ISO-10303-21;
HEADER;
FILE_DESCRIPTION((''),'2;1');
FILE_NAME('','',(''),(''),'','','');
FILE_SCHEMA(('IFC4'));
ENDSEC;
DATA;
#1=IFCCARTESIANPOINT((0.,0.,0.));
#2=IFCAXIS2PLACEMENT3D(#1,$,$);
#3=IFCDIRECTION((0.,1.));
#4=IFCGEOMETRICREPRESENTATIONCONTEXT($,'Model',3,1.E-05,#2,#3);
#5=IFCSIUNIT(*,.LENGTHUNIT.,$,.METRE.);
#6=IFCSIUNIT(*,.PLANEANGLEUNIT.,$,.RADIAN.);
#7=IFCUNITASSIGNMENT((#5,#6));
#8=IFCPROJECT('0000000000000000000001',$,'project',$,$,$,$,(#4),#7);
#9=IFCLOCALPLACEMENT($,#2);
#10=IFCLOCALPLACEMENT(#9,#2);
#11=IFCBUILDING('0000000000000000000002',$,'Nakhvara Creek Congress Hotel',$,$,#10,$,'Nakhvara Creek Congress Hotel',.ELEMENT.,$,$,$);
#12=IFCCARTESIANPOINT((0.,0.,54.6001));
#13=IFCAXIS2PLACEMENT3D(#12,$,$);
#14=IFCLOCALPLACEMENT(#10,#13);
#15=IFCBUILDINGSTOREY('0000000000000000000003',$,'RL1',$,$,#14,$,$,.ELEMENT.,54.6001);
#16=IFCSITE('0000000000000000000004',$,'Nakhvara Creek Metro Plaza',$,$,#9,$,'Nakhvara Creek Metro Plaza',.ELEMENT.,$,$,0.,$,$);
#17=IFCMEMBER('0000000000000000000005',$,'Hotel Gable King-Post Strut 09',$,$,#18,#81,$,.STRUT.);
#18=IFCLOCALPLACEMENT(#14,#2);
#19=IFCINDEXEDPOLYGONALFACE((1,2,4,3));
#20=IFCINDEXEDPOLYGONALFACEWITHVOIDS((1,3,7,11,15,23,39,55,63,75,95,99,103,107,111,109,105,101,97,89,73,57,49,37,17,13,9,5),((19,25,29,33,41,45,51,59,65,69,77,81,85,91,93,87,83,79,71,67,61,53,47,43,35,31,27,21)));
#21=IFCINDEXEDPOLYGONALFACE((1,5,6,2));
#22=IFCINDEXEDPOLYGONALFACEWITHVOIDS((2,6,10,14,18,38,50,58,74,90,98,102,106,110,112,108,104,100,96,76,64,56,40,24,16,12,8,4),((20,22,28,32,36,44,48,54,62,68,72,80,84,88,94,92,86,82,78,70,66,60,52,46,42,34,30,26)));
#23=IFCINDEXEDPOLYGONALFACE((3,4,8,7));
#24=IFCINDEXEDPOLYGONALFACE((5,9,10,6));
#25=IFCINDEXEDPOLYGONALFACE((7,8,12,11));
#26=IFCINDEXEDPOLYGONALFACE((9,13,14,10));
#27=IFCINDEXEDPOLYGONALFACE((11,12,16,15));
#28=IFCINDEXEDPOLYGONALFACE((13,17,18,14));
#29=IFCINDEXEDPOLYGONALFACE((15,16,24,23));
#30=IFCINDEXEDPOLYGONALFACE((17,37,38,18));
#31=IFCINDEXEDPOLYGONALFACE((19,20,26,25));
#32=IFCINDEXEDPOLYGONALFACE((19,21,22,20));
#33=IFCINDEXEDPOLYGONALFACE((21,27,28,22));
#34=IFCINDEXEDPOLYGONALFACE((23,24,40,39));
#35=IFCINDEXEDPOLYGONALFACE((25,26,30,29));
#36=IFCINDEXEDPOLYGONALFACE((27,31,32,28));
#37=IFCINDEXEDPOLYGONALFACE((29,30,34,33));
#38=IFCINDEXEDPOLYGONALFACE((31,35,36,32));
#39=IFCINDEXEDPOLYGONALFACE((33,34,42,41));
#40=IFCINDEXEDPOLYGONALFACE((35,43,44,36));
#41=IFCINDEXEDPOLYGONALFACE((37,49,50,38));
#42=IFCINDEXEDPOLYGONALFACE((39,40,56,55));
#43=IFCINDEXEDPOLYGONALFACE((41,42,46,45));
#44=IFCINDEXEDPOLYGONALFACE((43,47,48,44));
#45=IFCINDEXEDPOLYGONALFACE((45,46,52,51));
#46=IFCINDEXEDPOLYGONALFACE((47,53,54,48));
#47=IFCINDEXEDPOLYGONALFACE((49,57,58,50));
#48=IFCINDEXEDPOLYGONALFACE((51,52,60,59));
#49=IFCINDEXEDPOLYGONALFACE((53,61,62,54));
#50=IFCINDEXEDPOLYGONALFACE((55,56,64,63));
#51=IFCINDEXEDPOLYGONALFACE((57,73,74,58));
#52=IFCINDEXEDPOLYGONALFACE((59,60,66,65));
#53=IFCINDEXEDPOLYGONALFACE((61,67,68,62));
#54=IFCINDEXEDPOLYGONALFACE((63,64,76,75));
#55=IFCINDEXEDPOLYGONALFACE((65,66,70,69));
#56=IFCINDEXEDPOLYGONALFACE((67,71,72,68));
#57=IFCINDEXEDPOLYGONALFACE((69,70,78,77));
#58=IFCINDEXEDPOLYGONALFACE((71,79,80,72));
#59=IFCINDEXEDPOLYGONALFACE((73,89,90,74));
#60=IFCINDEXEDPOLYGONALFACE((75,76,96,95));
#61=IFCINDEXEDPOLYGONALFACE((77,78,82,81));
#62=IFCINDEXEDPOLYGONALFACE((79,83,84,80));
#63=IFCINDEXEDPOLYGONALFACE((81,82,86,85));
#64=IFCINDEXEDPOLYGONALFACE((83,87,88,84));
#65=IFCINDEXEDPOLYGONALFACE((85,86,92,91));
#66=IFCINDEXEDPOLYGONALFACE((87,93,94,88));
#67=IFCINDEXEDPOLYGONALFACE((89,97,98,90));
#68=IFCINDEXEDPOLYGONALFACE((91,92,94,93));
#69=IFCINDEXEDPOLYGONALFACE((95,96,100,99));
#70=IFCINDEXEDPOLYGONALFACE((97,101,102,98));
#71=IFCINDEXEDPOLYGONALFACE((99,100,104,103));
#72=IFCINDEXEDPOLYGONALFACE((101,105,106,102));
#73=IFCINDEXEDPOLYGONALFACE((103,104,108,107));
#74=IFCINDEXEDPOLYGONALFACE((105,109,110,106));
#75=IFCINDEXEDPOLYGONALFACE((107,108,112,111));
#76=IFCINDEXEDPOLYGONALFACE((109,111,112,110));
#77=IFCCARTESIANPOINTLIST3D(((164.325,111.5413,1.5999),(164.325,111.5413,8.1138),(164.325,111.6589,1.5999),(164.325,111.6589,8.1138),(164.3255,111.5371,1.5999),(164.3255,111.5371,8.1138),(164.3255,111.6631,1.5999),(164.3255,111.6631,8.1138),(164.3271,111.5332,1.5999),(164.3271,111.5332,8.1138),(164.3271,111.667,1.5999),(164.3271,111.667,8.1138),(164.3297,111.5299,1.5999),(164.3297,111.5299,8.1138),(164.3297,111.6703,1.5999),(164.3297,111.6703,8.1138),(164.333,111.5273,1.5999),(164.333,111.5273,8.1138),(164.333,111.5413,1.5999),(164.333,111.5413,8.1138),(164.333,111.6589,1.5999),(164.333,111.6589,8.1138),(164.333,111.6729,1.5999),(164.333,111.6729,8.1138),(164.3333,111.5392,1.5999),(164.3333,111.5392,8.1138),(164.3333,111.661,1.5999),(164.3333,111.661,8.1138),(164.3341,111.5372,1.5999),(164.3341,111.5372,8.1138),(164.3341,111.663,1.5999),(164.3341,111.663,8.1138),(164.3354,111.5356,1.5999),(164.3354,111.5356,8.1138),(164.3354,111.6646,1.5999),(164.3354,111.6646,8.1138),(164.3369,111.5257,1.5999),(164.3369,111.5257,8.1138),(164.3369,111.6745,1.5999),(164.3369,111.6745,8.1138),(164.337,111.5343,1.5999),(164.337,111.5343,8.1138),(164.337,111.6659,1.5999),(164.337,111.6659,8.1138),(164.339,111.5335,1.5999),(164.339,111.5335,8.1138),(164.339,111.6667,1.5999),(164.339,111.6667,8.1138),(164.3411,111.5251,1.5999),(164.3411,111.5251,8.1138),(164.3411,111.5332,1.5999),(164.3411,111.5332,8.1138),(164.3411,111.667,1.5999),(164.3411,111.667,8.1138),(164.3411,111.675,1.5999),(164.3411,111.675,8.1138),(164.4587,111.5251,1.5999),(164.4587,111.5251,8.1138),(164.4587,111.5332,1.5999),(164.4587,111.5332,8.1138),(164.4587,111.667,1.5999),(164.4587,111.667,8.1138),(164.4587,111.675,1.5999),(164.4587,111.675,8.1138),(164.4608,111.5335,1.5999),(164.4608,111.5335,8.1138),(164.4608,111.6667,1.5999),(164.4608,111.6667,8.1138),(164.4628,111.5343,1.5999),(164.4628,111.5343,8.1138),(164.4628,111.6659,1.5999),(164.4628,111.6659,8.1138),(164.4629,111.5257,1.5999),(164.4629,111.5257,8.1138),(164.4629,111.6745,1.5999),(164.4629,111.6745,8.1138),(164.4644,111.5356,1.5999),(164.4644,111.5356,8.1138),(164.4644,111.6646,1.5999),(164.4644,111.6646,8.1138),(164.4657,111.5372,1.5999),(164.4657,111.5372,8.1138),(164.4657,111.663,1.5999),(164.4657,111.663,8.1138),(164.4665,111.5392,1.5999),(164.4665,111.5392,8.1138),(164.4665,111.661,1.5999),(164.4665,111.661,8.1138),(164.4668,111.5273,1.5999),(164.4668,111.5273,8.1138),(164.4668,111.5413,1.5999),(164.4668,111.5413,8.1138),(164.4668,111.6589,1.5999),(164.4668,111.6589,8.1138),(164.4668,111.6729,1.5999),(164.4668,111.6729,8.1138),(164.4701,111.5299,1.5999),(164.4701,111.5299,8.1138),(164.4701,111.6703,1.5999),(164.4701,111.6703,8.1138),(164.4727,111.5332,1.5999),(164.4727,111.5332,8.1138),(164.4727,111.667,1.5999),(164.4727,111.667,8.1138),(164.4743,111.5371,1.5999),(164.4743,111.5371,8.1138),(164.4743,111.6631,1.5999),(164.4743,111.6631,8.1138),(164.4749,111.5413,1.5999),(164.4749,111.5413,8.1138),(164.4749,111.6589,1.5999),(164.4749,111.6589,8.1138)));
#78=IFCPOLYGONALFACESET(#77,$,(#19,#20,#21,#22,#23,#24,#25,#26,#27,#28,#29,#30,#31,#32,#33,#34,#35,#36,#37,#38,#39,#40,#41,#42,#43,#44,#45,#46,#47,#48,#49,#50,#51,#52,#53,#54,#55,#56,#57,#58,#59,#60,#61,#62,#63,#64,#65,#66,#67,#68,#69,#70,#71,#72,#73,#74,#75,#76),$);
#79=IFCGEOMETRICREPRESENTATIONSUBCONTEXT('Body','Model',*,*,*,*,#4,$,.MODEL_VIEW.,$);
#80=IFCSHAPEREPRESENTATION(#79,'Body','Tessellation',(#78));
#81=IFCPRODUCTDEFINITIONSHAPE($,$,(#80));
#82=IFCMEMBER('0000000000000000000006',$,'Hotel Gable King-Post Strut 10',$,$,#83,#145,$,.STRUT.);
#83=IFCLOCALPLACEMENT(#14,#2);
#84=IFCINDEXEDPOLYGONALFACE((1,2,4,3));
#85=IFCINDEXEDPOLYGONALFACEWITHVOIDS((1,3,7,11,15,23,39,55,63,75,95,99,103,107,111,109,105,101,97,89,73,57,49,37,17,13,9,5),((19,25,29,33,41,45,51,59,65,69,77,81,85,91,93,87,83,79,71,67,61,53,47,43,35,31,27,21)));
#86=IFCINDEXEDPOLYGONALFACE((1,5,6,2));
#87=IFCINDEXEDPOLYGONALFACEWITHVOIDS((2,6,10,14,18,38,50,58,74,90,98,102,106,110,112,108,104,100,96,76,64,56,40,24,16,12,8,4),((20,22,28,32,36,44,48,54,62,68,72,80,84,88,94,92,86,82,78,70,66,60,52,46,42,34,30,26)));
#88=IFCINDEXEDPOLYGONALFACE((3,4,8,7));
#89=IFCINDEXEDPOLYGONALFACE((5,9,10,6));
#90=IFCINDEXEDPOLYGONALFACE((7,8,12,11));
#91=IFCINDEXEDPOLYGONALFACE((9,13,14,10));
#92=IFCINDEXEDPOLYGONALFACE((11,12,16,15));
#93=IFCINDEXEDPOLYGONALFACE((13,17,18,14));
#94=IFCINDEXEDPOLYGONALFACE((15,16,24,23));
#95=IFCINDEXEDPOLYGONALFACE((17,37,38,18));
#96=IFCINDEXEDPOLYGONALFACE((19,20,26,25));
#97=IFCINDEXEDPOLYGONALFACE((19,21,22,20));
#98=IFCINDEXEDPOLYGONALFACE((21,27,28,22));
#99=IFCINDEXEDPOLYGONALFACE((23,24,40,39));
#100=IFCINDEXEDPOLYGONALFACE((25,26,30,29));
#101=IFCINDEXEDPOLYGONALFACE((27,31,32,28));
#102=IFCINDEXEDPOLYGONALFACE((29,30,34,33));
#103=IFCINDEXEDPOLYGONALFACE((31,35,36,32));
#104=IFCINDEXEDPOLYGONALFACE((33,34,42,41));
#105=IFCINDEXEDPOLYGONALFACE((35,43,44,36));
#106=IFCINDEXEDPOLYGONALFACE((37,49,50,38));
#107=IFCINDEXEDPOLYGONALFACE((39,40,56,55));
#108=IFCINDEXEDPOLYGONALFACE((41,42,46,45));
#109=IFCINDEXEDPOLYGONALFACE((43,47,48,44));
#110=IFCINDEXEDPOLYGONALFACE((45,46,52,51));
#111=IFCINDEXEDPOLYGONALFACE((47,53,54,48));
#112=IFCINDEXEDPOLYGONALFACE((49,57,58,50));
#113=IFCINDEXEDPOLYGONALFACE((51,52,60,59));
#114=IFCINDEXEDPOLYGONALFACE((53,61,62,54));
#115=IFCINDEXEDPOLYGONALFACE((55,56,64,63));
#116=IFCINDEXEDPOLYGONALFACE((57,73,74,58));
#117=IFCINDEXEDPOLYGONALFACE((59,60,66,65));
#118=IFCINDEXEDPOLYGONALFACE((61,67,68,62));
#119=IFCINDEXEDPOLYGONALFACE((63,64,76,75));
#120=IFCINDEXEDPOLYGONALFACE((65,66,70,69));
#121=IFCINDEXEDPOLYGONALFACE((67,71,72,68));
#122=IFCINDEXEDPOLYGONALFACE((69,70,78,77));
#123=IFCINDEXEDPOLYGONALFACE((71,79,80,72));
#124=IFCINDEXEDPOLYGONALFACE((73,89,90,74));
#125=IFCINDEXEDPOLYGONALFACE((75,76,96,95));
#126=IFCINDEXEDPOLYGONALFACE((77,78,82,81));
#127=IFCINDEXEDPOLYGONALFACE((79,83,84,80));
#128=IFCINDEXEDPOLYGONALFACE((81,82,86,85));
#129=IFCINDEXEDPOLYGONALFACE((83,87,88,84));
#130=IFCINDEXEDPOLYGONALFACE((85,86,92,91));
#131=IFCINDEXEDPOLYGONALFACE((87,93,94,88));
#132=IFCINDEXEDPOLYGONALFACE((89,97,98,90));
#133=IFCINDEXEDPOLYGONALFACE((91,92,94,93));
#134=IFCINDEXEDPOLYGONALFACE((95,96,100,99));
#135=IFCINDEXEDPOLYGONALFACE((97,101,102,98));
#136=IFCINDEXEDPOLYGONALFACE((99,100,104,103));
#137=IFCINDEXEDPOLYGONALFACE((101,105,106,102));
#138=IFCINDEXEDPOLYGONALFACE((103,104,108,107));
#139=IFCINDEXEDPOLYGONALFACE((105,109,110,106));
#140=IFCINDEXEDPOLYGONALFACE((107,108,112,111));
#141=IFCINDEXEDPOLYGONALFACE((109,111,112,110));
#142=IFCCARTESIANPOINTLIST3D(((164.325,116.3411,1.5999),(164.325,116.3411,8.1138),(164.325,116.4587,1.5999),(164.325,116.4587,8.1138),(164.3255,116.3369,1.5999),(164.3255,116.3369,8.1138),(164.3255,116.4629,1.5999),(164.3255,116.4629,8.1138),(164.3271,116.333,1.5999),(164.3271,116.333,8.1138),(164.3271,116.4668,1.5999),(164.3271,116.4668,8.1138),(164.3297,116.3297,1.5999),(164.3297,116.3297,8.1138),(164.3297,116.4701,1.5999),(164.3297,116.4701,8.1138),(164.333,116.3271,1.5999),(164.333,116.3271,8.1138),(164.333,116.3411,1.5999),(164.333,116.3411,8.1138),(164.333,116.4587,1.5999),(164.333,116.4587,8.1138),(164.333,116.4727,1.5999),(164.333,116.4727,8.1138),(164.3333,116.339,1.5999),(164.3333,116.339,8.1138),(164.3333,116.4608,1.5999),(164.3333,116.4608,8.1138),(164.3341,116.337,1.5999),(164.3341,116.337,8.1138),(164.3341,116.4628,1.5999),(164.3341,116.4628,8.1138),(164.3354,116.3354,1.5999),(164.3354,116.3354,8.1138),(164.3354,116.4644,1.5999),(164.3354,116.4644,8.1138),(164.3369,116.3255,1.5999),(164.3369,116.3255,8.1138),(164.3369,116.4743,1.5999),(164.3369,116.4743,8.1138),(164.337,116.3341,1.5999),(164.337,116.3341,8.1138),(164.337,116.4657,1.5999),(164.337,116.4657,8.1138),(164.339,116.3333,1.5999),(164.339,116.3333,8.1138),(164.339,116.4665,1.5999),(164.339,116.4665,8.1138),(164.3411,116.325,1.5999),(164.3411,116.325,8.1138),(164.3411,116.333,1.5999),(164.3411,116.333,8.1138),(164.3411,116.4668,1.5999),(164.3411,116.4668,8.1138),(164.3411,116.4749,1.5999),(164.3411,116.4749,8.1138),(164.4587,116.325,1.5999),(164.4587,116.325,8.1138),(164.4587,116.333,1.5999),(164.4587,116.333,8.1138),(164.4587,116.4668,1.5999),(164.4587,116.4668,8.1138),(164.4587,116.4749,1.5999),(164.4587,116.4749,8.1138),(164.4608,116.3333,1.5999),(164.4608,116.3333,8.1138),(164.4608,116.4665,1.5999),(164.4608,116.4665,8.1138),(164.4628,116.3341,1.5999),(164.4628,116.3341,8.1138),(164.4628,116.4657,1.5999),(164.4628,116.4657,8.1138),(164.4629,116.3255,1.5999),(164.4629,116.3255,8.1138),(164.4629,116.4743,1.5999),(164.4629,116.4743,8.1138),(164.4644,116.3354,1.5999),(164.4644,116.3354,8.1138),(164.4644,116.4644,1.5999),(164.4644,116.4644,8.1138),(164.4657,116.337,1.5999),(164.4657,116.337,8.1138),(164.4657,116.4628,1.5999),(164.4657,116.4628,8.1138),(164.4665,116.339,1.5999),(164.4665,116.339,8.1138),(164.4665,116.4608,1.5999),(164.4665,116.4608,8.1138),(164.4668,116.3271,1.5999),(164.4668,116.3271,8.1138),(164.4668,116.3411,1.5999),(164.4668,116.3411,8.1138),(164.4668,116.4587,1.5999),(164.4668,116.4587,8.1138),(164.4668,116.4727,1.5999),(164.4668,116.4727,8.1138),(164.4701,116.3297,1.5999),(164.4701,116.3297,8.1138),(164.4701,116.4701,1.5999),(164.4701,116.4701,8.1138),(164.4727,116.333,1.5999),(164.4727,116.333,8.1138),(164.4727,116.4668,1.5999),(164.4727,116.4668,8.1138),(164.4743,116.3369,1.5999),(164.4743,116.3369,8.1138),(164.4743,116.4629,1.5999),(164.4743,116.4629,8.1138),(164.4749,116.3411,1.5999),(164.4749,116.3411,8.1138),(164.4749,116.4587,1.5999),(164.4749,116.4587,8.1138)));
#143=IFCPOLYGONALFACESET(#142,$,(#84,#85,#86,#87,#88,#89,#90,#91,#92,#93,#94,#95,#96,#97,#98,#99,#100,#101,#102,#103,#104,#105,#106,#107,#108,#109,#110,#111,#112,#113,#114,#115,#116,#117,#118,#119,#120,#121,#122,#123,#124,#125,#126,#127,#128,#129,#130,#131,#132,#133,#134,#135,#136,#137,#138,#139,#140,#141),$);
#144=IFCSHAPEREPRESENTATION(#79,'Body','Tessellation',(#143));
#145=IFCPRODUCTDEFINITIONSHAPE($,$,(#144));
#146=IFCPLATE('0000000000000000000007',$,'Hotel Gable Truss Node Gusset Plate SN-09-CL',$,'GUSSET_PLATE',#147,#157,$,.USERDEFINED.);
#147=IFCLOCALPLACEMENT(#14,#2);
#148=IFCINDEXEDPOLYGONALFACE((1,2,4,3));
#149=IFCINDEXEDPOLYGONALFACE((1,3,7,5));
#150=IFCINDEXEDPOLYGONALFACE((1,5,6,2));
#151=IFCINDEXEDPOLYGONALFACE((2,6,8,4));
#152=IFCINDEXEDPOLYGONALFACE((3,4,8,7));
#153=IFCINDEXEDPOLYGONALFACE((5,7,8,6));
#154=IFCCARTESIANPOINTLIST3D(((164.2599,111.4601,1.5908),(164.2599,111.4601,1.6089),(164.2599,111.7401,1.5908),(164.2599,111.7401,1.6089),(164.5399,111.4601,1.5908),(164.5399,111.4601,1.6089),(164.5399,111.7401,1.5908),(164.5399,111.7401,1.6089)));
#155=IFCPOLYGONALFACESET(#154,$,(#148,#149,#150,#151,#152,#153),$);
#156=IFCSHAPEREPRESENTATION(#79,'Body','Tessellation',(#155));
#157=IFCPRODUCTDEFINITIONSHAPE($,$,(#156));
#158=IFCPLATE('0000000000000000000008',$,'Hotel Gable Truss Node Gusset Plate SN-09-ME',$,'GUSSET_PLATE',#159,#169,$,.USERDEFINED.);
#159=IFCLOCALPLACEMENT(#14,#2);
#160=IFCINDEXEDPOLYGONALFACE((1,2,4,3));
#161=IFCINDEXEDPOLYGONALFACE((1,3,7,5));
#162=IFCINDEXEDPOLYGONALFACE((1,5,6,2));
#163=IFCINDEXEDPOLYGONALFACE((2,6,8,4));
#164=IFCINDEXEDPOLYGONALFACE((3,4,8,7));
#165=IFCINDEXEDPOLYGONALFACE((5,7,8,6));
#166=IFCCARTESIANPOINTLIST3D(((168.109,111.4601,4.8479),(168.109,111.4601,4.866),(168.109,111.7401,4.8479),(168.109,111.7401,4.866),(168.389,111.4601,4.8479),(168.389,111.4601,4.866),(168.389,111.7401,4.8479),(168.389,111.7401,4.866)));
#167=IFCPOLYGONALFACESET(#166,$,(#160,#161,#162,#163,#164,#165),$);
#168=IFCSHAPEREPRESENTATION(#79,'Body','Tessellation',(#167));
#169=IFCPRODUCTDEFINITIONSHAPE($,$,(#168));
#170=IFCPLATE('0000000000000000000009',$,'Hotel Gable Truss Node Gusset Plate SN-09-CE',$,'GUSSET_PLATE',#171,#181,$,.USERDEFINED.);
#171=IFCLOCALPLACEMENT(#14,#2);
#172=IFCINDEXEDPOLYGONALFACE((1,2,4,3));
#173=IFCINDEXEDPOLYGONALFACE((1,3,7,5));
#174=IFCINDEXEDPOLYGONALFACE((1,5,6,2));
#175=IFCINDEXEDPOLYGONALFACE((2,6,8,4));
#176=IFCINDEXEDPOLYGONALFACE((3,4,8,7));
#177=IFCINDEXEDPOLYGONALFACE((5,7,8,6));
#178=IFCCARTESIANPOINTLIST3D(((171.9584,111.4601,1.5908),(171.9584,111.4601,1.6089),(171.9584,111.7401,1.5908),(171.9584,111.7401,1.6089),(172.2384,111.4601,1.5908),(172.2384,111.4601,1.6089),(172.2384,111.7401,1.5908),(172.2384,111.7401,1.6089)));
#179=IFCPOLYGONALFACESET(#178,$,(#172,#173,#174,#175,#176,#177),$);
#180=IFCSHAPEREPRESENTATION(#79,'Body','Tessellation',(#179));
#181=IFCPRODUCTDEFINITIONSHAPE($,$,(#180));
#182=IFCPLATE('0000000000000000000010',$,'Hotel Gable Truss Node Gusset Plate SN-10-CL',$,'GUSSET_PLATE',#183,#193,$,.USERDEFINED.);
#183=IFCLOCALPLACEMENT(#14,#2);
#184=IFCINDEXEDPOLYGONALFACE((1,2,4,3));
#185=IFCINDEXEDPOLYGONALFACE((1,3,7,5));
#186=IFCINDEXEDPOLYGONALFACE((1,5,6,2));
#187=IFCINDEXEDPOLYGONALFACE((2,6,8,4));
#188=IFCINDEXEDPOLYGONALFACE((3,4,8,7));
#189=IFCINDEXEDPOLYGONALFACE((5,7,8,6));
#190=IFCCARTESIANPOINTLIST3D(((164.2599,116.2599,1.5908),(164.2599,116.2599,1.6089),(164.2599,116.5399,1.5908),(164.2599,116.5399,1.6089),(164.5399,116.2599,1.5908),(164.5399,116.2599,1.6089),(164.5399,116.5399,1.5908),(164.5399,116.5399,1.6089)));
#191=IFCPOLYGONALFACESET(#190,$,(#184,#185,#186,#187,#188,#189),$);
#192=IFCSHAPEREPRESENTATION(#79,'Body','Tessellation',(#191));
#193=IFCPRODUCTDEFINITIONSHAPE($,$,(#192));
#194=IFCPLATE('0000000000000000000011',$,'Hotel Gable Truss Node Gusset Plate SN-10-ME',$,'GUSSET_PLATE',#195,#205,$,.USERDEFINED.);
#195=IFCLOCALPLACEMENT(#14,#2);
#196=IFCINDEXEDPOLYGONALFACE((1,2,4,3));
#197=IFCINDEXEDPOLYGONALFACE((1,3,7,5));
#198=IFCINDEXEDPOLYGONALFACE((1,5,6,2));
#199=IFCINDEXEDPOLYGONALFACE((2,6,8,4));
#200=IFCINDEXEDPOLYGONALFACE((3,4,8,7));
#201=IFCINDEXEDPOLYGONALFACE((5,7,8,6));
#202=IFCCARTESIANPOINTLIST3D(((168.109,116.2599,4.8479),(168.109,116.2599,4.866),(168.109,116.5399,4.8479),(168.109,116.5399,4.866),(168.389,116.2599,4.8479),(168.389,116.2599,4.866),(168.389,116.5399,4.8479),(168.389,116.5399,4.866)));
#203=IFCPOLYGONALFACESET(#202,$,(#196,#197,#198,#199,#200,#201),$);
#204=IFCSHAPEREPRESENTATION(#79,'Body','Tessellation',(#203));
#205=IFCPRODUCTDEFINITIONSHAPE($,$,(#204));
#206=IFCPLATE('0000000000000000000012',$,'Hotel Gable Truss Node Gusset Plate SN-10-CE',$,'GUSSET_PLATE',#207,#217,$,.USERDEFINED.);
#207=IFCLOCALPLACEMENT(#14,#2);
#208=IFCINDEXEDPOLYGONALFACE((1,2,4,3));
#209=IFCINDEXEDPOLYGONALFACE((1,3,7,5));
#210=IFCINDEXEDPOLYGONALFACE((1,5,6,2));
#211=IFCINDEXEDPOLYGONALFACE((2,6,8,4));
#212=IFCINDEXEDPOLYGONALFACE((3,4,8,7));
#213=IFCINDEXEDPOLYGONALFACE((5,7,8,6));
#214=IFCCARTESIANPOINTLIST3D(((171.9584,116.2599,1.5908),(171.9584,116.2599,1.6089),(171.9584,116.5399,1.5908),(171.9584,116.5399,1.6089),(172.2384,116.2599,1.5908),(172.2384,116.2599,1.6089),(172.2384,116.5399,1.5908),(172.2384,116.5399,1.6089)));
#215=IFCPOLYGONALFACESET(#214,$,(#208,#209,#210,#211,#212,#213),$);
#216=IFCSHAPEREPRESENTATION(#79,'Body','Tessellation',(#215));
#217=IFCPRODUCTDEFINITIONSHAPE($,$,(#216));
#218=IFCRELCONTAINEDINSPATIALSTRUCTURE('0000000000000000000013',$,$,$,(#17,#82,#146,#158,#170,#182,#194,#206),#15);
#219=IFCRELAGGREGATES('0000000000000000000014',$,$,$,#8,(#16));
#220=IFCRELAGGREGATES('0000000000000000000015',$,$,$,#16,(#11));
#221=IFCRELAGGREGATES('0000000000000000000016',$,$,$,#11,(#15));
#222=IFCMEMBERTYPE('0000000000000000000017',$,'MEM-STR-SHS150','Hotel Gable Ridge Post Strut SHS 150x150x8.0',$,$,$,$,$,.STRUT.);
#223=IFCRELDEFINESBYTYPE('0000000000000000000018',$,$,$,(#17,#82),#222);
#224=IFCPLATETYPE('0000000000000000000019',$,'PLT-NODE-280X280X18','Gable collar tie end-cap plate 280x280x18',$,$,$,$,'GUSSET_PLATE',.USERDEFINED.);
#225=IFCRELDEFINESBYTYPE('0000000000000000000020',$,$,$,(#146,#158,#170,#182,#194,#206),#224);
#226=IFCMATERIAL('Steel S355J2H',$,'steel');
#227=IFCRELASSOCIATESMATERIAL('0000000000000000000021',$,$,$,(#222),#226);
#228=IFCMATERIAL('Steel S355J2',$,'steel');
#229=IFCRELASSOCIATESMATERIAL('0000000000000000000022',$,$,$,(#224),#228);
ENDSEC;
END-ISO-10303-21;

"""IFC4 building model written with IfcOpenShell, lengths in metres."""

from ifc_helpers import new_model, si_unit, direction, frame, origin, origin_2d, place, context, subcontext, project, spatial, rectangle, hollow_rectangle, extrude, material, material_profile, profile_set, type_object, element, save


model = new_model("IFC4")

# Units and contexts
model_context = context("Model", 3, precision=1e-05, world=origin(), true_north=direction((0.0, 1.0)))
body_context = subcontext(model_context, "Body", "Model", "MODEL_VIEW")
ifc_project = project(units=[si_unit("LENGTHUNIT", "METRE"), si_unit("PLANEANGLEUNIT", "RADIAN")], contexts=[model_context])

# Site, building, storey
site_placement = place(None, origin())
site = spatial("IfcSite", under=ifc_project, at=site_placement, Name="Nakhvara Creek Metro Plaza", LongName="Nakhvara Creek Metro Plaza", CompositionType="ELEMENT", RefElevation=0.0)
building_placement = place(site_placement, origin())
building = spatial("IfcBuilding", under=site, at=building_placement, Name="Nakhvara Creek Congress Hotel", LongName="Nakhvara Creek Congress Hotel", CompositionType="ELEMENT")
storey_placement = place(building_placement, frame((0.0, 0.0, 54.6001)))
storey = spatial("IfcBuildingStorey", under=building, at=storey_placement, Name="RL1", CompositionType="ELEMENT", Elevation=54.6001)

# Shared definitions
ifc_material_1 = material(Name="Steel S355J2", Category="steel")

# Members
ifc_material_2 = material(Name="Steel S355J2H", Category="steel")
ifc_material_profile_1 = material_profile(ifc_material_2, hollow_rectangle(XDim=0.1499, YDim=0.1499, WallThickness=0.0081, InnerFilletRadius=0.0081, OuterFilletRadius=0.0161, at=origin_2d()), Name="SHS 150x150x8.0", Category="LoadBearing")
ifc_profile_set_1 = profile_set([ifc_material_profile_1], Name="Steel S355J2H")
member_type_1 = type_object("IfcMemberType", Name="MEM-STR-SHS150", Description="Hotel Gable Ridge Post Strut SHS 150x150x8.0", PredefinedType="STRUT", material=ifc_profile_set_1)
for number, where, z_axis, x_axis, name in (
    (1, (164.3999, 111.6001, 1.5999), (0.0, 0.0, 1.0), (1.0, 0.0, 0.0), "Hotel Gable King-Post Strut 09"),
    (2, (164.3999, 116.3999, 1.5999), (0.0, 0.0, 1.0), (1.0, 0.0, 0.0), "Hotel Gable King-Post Strut 10"),
):
    element("IfcMember", number, at=place(storey_placement, frame(where, z_axis=z_axis, x_axis=x_axis)), inside=storey, type_object=member_type_1, Name=name, PredefinedType="STRUT", context=body_context, shape_type="SweptSolid", body=[
        extrude(hollow_rectangle(XDim=0.1499, YDim=0.1499, WallThickness=0.0081, InnerFilletRadius=0.0081, OuterFilletRadius=0.0161, at=origin_2d()), origin(), (0.0, 0.0, 1.0), 6.5139),
    ])

# Plates
plate_type_1 = type_object("IfcPlateType", Name="PLT-NODE-280X280X18", Description="Gable collar tie end-cap plate 280x280x18", ElementType="GUSSET_PLATE", PredefinedType="USERDEFINED", material=ifc_material_1)
for number, where, z_axis, x_axis, name in (
    (3, (164.3999, 111.6001, 1.5908), (0.0, 0.0, 1.0), (1.0, 0.0, 0.0), "Hotel Gable Truss Node Gusset Plate SN-09-CL"),
    (4, (168.249, 111.6001, 4.8479), (0.0, 0.0, 1.0), (1.0, 0.0, 0.0), "Hotel Gable Truss Node Gusset Plate SN-09-ME"),
    (5, (172.0984, 111.6001, 1.5908), (0.0, 0.0, 1.0), (1.0, 0.0, 0.0), "Hotel Gable Truss Node Gusset Plate SN-09-CE"),
    (6, (164.3999, 116.3999, 1.5908), (0.0, 0.0, 1.0), (1.0, 0.0, 0.0), "Hotel Gable Truss Node Gusset Plate SN-10-CL"),
    (7, (168.249, 116.3999, 4.8479), (0.0, 0.0, 1.0), (1.0, 0.0, 0.0), "Hotel Gable Truss Node Gusset Plate SN-10-ME"),
    (8, (172.0984, 116.3999, 1.5908), (0.0, 0.0, 1.0), (1.0, 0.0, 0.0), "Hotel Gable Truss Node Gusset Plate SN-10-CE"),
):
    element("IfcPlate", number, at=place(storey_placement, frame(where, z_axis=z_axis, x_axis=x_axis)), inside=storey, type_object=plate_type_1, Name=name, ObjectType="GUSSET_PLATE", PredefinedType="USERDEFINED", context=body_context, shape_type="SweptSolid", body=[
        extrude(rectangle(XDim=0.28, YDim=0.28, at=origin_2d()), origin(), (0.0, 0.0, 1.0), 0.0181),
    ])

save(model, "model.ifc")
